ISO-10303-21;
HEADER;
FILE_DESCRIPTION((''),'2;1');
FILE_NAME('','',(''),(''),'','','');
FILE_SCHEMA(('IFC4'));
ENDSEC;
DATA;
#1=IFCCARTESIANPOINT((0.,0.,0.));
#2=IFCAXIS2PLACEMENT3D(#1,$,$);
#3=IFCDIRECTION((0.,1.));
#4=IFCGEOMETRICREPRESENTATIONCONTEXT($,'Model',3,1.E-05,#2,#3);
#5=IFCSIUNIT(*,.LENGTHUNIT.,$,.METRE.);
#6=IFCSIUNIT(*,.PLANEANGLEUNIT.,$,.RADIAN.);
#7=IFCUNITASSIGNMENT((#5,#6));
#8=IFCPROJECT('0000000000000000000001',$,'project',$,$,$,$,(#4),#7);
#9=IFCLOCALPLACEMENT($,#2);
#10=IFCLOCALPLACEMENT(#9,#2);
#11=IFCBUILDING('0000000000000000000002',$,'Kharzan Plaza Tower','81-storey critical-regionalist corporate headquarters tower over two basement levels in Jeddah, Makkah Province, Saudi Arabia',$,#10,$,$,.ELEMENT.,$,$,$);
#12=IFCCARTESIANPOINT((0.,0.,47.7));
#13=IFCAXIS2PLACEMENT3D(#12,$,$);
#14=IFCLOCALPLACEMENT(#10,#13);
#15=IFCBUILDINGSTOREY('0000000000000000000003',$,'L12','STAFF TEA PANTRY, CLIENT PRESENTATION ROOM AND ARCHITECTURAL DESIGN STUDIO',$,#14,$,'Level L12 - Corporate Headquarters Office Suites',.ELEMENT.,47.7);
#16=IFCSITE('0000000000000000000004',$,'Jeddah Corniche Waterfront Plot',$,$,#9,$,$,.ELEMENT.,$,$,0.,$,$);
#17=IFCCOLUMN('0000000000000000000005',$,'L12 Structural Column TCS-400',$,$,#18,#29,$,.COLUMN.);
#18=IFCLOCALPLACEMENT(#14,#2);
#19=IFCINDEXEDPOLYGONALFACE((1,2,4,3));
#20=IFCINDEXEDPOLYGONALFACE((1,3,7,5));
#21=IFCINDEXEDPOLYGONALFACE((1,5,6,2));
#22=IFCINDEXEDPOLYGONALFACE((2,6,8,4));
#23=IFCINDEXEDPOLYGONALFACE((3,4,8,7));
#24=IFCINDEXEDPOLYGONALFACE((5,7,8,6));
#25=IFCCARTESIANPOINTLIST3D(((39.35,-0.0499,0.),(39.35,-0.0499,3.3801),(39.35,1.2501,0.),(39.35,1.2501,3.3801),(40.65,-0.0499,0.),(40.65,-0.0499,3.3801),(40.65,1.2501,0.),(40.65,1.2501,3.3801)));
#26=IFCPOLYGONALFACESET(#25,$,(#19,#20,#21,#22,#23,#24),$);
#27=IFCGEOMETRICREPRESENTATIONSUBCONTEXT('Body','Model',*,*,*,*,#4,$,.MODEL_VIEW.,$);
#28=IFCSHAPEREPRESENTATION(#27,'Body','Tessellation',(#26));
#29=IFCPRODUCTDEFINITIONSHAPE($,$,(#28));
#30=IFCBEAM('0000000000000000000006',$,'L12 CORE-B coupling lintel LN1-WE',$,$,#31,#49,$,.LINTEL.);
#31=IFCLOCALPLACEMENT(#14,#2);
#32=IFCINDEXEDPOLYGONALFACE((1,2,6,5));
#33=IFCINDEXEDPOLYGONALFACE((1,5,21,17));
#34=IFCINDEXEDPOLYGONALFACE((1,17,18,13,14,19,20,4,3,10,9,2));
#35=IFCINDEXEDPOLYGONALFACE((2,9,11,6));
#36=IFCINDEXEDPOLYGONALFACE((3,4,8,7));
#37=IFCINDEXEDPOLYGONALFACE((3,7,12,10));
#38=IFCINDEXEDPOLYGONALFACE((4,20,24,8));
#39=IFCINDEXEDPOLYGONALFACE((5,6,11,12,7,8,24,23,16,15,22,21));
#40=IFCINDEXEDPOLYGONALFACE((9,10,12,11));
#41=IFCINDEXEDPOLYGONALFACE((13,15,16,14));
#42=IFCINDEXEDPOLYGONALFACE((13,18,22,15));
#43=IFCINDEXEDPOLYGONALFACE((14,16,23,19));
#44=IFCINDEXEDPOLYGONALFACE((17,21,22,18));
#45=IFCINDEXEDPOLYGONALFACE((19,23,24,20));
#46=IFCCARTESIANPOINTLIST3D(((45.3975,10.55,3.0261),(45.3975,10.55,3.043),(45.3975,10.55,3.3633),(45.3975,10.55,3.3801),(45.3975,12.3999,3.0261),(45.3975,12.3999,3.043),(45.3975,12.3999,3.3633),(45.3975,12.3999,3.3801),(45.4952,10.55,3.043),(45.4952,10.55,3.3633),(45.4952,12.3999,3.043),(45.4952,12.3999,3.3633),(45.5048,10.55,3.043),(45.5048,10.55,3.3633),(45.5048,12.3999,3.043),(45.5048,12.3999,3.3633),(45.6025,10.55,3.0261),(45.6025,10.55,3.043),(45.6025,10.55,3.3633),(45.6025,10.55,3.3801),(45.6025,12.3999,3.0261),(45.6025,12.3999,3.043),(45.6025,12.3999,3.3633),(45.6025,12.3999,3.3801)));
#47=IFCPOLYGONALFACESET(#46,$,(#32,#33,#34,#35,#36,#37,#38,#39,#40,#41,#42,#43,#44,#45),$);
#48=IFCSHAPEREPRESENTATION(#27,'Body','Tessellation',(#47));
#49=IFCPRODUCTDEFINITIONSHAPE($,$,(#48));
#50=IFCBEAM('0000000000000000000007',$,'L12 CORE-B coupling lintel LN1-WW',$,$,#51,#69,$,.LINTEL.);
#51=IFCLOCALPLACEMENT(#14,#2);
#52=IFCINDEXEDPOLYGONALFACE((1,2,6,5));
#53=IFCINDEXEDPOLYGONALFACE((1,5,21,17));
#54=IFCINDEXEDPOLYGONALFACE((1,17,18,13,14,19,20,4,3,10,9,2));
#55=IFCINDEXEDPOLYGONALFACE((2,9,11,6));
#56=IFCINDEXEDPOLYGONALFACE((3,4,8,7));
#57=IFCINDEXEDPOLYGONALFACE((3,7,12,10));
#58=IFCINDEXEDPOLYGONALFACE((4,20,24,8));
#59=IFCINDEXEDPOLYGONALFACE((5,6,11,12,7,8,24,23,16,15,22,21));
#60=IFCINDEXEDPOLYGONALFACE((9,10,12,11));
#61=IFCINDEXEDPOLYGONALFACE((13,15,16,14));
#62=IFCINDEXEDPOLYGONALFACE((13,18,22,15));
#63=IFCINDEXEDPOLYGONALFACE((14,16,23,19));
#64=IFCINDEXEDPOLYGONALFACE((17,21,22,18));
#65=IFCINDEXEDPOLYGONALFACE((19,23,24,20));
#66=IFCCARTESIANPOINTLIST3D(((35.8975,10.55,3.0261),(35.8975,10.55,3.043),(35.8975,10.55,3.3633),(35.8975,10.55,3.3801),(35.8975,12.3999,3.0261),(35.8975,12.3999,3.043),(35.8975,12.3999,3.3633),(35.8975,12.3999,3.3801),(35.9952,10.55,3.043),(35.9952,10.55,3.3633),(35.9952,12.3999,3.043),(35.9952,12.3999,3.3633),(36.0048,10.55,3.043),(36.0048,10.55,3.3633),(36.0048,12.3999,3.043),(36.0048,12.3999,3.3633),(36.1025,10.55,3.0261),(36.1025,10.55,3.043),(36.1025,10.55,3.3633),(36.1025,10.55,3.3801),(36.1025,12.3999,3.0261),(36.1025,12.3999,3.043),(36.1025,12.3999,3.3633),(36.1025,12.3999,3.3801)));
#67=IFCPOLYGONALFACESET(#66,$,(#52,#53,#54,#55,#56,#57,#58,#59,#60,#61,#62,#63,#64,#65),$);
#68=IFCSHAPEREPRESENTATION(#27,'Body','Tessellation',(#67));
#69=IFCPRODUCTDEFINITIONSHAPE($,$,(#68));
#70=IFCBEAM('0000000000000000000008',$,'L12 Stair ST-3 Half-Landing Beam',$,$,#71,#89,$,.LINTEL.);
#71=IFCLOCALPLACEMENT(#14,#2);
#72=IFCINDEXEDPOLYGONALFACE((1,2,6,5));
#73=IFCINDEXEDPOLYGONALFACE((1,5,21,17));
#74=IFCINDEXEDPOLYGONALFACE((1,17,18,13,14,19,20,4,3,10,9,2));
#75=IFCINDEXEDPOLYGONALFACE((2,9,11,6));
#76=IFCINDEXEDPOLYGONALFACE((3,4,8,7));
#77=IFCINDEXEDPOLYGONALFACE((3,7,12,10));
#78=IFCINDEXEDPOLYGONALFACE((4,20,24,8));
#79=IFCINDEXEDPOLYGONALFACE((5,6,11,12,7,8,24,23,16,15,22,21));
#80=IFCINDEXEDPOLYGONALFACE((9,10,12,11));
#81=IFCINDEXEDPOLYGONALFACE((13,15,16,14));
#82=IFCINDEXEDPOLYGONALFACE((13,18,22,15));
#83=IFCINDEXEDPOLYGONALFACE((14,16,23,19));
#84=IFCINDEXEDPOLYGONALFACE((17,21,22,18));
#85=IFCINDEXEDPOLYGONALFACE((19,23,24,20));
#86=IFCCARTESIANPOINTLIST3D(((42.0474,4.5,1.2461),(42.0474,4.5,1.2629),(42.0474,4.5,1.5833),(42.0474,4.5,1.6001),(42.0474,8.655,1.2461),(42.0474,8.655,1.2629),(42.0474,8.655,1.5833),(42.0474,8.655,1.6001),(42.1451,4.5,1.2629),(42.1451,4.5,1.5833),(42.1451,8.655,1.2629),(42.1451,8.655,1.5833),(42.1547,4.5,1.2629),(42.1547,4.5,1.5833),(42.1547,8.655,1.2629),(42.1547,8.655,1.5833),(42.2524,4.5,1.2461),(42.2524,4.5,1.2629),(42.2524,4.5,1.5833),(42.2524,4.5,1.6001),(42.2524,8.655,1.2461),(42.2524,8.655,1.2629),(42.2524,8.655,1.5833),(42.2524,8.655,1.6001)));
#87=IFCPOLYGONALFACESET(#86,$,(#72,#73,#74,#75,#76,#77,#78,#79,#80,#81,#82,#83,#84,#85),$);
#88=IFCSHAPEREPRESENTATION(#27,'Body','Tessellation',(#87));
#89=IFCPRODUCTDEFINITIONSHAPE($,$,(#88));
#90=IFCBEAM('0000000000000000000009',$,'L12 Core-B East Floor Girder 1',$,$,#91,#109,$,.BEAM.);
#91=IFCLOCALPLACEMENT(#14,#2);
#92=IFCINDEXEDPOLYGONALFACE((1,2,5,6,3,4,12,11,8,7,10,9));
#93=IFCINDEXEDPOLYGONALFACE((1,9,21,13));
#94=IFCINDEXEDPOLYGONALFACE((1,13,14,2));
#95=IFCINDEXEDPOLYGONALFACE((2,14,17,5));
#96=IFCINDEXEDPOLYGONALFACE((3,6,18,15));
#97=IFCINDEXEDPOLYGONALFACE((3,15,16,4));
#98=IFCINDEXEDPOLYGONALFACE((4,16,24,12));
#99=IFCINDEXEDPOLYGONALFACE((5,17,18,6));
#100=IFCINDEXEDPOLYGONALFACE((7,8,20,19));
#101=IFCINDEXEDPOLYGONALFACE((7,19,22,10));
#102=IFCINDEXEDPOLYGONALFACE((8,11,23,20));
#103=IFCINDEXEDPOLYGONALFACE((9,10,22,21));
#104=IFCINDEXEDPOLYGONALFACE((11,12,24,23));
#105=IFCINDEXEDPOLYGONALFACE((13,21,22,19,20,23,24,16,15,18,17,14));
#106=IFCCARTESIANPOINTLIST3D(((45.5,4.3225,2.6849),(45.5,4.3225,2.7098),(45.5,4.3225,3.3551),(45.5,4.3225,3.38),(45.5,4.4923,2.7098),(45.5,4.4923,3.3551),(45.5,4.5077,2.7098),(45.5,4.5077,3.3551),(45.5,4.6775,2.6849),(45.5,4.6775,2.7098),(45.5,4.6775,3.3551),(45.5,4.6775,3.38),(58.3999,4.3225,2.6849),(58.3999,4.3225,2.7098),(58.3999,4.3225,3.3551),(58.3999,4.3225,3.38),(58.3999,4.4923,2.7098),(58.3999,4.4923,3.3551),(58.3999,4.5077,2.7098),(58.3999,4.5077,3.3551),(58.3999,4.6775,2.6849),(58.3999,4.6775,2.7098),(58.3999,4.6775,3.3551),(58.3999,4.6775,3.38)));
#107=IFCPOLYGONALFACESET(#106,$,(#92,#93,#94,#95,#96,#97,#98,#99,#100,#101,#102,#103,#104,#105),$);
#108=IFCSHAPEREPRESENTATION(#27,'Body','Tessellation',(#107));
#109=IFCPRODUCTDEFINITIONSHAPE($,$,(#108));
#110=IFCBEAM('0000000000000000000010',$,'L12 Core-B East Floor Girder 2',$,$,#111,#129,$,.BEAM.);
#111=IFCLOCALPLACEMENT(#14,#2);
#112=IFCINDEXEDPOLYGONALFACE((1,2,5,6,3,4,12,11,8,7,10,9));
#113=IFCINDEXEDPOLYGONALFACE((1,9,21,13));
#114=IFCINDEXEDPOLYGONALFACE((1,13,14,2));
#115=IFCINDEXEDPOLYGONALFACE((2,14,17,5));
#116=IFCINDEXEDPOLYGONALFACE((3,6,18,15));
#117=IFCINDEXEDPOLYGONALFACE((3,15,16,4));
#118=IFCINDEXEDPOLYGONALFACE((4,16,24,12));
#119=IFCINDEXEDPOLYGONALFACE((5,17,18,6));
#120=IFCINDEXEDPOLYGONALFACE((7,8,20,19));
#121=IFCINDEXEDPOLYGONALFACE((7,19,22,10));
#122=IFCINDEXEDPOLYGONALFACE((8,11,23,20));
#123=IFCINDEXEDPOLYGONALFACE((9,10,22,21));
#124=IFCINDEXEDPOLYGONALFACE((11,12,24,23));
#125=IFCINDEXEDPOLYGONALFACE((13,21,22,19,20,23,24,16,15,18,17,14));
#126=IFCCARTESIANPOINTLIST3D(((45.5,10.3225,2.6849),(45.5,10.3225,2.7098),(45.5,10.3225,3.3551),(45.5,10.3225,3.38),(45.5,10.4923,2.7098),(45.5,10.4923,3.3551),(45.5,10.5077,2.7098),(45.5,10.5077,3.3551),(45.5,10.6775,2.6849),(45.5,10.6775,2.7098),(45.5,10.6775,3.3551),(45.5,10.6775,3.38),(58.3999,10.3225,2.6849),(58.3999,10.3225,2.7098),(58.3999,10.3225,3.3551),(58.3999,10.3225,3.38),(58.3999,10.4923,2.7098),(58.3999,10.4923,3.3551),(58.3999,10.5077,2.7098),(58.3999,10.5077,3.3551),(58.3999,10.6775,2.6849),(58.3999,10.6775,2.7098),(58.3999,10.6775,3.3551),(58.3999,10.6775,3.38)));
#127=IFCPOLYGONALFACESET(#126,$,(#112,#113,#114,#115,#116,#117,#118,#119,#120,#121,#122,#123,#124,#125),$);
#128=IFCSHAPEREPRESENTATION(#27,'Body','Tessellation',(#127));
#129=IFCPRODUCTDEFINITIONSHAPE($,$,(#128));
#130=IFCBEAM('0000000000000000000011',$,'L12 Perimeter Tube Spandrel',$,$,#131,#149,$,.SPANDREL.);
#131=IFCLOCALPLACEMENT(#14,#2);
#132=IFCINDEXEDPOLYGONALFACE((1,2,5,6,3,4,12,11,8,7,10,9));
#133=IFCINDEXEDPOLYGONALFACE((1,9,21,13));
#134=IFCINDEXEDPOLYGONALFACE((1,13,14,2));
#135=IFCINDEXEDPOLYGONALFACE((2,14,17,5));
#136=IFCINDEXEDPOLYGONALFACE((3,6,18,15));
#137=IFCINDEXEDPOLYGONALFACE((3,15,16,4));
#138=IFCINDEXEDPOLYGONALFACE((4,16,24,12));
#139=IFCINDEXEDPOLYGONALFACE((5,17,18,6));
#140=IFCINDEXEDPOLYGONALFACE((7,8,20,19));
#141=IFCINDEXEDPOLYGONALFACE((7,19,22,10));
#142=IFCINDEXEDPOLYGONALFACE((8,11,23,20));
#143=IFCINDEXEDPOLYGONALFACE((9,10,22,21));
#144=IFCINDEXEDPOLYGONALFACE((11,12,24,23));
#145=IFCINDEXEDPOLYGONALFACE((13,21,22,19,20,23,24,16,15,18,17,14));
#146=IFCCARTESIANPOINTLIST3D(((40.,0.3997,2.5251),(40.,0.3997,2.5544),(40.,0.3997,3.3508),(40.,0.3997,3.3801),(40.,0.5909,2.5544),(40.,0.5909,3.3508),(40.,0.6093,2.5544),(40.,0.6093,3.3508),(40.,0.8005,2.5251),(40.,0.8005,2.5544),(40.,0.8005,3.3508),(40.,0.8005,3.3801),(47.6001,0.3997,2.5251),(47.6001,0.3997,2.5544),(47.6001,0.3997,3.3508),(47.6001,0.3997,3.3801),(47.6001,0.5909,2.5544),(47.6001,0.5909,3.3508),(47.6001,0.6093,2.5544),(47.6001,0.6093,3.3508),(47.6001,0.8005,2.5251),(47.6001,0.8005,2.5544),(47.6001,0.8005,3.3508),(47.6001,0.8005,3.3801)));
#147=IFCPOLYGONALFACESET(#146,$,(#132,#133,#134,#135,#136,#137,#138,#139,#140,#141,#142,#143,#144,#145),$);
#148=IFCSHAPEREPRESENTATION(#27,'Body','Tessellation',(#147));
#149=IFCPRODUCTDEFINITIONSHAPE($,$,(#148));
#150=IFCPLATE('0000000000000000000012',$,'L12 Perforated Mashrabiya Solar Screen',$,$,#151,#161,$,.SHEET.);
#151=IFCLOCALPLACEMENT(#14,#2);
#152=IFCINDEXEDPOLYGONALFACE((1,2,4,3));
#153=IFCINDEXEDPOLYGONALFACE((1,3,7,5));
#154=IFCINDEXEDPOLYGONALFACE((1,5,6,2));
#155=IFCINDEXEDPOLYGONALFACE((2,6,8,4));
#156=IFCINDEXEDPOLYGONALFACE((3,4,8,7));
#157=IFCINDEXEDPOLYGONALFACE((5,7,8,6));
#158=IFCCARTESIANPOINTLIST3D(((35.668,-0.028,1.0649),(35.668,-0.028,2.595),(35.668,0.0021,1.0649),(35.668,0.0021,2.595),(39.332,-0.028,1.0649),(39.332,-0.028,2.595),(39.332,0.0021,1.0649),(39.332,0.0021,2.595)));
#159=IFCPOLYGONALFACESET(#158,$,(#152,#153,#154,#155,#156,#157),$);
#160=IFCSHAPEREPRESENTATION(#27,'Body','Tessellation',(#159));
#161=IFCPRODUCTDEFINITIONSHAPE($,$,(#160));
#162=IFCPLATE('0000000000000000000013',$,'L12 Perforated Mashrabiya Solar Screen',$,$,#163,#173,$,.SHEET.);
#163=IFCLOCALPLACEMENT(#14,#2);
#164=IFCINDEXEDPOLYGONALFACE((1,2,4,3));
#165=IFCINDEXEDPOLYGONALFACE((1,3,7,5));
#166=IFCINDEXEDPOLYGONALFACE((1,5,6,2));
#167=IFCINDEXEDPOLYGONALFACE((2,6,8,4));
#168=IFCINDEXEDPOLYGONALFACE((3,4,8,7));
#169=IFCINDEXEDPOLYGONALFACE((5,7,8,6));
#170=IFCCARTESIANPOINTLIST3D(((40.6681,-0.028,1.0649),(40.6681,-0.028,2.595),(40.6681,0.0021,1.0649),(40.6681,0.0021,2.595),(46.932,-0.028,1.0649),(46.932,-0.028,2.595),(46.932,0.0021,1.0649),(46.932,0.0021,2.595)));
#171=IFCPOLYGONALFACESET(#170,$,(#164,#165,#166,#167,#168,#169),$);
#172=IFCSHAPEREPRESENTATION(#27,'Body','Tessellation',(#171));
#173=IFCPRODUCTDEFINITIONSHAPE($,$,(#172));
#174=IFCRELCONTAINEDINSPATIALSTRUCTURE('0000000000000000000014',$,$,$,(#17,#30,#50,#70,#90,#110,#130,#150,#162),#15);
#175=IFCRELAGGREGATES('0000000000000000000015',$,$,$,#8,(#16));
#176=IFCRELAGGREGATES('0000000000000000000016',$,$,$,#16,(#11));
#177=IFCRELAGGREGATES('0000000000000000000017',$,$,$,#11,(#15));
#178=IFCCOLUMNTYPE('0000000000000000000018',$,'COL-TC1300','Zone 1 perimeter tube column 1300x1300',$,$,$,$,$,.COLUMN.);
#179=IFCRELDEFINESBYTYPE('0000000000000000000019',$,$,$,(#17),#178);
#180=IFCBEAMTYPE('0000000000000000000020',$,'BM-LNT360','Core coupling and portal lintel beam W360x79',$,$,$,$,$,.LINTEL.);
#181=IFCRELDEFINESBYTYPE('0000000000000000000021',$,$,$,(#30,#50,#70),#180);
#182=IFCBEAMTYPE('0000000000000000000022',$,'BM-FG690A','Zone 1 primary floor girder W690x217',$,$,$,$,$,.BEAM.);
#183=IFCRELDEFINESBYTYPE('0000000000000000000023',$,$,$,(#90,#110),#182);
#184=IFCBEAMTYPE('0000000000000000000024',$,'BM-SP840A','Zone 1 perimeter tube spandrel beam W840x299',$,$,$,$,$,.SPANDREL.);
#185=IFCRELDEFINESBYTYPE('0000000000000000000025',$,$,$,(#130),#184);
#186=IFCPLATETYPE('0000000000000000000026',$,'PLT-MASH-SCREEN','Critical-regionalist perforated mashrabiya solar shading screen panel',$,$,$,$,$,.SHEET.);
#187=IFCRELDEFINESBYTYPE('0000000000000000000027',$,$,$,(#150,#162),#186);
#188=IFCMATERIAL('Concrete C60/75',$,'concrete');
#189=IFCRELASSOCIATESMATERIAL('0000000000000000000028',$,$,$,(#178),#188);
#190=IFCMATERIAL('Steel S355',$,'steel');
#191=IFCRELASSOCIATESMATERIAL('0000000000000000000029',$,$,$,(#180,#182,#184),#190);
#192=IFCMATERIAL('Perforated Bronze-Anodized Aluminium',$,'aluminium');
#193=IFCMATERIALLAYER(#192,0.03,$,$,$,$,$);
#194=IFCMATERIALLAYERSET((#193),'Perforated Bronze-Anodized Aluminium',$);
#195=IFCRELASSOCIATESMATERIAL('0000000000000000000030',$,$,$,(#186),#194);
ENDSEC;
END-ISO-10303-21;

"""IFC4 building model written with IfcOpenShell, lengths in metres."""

from ifc_helpers import new_model, si_unit, direction, frame, origin, origin_2d, place, context, subcontext, project, spatial, rectangle, i_section, extrude, source, transform, mapped, material, layer, layer_set, material_profile, profile_set, type_object, element, save


model = new_model("IFC4")

# Units and contexts
model_context = context("Model", 3, precision=1e-05, world=origin(), true_north=direction((0.0, 1.0)))
body_context = subcontext(model_context, "Body", "Model", "MODEL_VIEW")
ifc_project = project(units=[si_unit("LENGTHUNIT", "METRE"), si_unit("PLANEANGLEUNIT", "RADIAN")], contexts=[model_context])

# Site, building, storey
site_placement = place(None, origin())
site = spatial("IfcSite", under=ifc_project, at=site_placement, Name="Jeddah Corniche Waterfront Plot", CompositionType="ELEMENT", RefElevation=0.0)
building_placement = place(site_placement, origin())
building = spatial("IfcBuilding", under=site, at=building_placement, Name="Kharzan Plaza Tower", Description="81-storey critical-regionalist corporate headquarters tower over two basement levels in Jeddah, Makkah Province, Saudi Arabia", CompositionType="ELEMENT")
storey_placement = place(building_placement, frame((0.0, 0.0, 47.7)))
storey = spatial("IfcBuildingStorey", under=building, at=storey_placement, Name="L12", Description="STAFF TEA PANTRY, CLIENT PRESENTATION ROOM AND ARCHITECTURAL DESIGN STUDIO", LongName="Level L12 - Corporate Headquarters Office Suites", CompositionType="ELEMENT", Elevation=47.7)

# Column
ifc_material_1 = material(Name="Concrete C60/75", Category="concrete")
ifc_material_profile_1 = material_profile(ifc_material_1, rectangle(XDim=1.3, YDim=1.3, at=origin_2d()), Name="RC-TC1300x1300")
ifc_profile_set_1 = profile_set([ifc_material_profile_1], Name="Concrete C60/75")
column_type = type_object("IfcColumnType", Name="COL-TC1300", Description="Zone 1 perimeter tube column 1300x1300", PredefinedType="COLUMN", material=ifc_profile_set_1)
shared_shape_1 = source(origin(), body_context, "Body", "SweptSolid", [
    extrude(rectangle(XDim=1.3, YDim=1.3, at=origin_2d()), origin(), (0.0, 0.0, 1.0), 3.3801),
])
column_placement = place(storey_placement, frame((40.0, 0.6001, 0.0), z_axis=(0.0, 0.0, 1.0), x_axis=(1.0, 0.0, 0.0)))
element("IfcColumn", 1, at=column_placement, inside=storey, type_object=column_type, Name="L12 Structural Column TCS-400", PredefinedType="COLUMN", context=body_context, shape_type="MappedRepresentation", body=[
    mapped(shared_shape_1, transform((0.0, 0.0, 0.0), x_axis=(1.0, 0.0, 0.0), y_axis=(0.0, 1.0, 0.0), z_axis=(0.0, 0.0, 1.0))),
])

# Beams
ifc_material_2 = material(Name="Steel S355", Category="steel")
ifc_material_profile_2 = material_profile(ifc_material_2, i_section(OverallWidth=0.2051, OverallDepth=0.354, WebThickness=0.0095, FlangeThickness=0.0168, at=origin_2d()), Name="W360x79")
ifc_profile_set_2 = profile_set([ifc_material_profile_2], Name="Steel S355")
beam_type_1 = type_object("IfcBeamType", Name="BM-LNT360", Description="Core coupling and portal lintel beam W360x79", PredefinedType="LINTEL", material=ifc_profile_set_2)
shared_shape_2 = source(origin(), body_context, "Body", "SweptSolid", [
    extrude(i_section(OverallWidth=0.2051, OverallDepth=0.354, WebThickness=0.0095, FlangeThickness=0.0168, at=origin_2d()), origin(), (0.0, 0.0, 1.0), 1.8499),
])
for number, where, z_axis, x_axis, name in (
    (2, (45.5, 10.55, 3.2031), (0.0, 1.0, 0.0), (-1.0, 0.0, 0.0), "L12 CORE-B coupling lintel LN1-WE"),
    (3, (36.0, 10.55, 3.2031), (0.0, 1.0, 0.0), (-1.0, 0.0, 0.0), "L12 CORE-B coupling lintel LN1-WW"),
):
    element("IfcBeam", number, at=place(storey_placement, frame(where, z_axis=z_axis, x_axis=x_axis)), inside=storey, type_object=beam_type_1, Name=name, PredefinedType="LINTEL", context=body_context, shape_type="MappedRepresentation", body=[
        mapped(shared_shape_2, transform((0.0, 0.0, 0.0), x_axis=(1.0, 0.0, 0.0), y_axis=(0.0, 1.0, 0.0), z_axis=(0.0, 0.0, 1.0))),
    ])
shared_shape_3 = source(origin(), body_context, "Body", "SweptSolid", [
    extrude(i_section(OverallWidth=0.2051, OverallDepth=0.354, WebThickness=0.0095, FlangeThickness=0.0168, at=origin_2d()), origin(), (0.0, 0.0, 1.0), 4.155),
])
beam_1_placement = place(storey_placement, frame((42.1499, 4.5, 1.4231), z_axis=(0.0, 1.0, 0.0), x_axis=(-1.0, 0.0, 0.0)))
element("IfcBeam", 4, at=beam_1_placement, inside=storey, type_object=beam_type_1, Name="L12 Stair ST-3 Half-Landing Beam", PredefinedType="LINTEL", context=body_context, shape_type="MappedRepresentation", body=[
    mapped(shared_shape_3, transform((0.0, 0.0, 0.0), x_axis=(1.0, 0.0, 0.0), y_axis=(0.0, 1.0, 0.0), z_axis=(0.0, 0.0, 1.0))),
])
ifc_material_profile_3 = material_profile(ifc_material_2, i_section(OverallWidth=0.355, OverallDepth=0.6951, WebThickness=0.0154, FlangeThickness=0.0249, at=origin_2d()), Name="W690x217")
ifc_profile_set_3 = profile_set([ifc_material_profile_3], Name="Steel S355")
beam_type_2 = type_object("IfcBeamType", Name="BM-FG690A", Description="Zone 1 primary floor girder W690x217", PredefinedType="BEAM", material=ifc_profile_set_3)
shared_shape_4 = source(origin(), body_context, "Body", "SweptSolid", [
    extrude(i_section(OverallWidth=0.355, OverallDepth=0.6951, WebThickness=0.0154, FlangeThickness=0.0249, at=origin_2d()), origin(), (0.0, 0.0, 1.0), 12.8999),
])
for number, where, z_axis, x_axis, name in (
    (5, (45.5, 4.5, 3.0325), (1.0, 0.0, 0.0), (0.0, 1.0, 0.0), "L12 Core-B East Floor Girder 1"),
    (6, (45.5, 10.5, 3.0325), (1.0, 0.0, 0.0), (0.0, 1.0, 0.0), "L12 Core-B East Floor Girder 2"),
):
    element("IfcBeam", number, at=place(storey_placement, frame(where, z_axis=z_axis, x_axis=x_axis)), inside=storey, type_object=beam_type_2, Name=name, PredefinedType="BEAM", context=body_context, shape_type="MappedRepresentation", body=[
        mapped(shared_shape_4, transform((0.0, 0.0, 0.0), x_axis=(1.0, 0.0, 0.0), y_axis=(0.0, 1.0, 0.0), z_axis=(0.0, 0.0, 1.0))),
    ])
ifc_material_profile_4 = material_profile(ifc_material_2, i_section(OverallWidth=0.4009, OverallDepth=0.855, WebThickness=0.0183, FlangeThickness=0.0293, at=origin_2d()), Name="W840x299")
ifc_profile_set_4 = profile_set([ifc_material_profile_4], Name="Steel S355")
beam_type_3 = type_object("IfcBeamType", Name="BM-SP840A", Description="Zone 1 perimeter tube spandrel beam W840x299", PredefinedType="SPANDREL", material=ifc_profile_set_4)
shared_shape_5 = source(origin(), body_context, "Body", "SweptSolid", [
    extrude(i_section(OverallWidth=0.4009, OverallDepth=0.855, WebThickness=0.0183, FlangeThickness=0.0293, at=origin_2d()), origin(), (0.0, 0.0, 1.0), 7.6001),
])
beam_2_placement = place(storey_placement, frame((40.0, 0.6001, 2.9526), z_axis=(1.0, 0.0, 0.0), x_axis=(0.0, 1.0, 0.0)))
element("IfcBeam", 7, at=beam_2_placement, inside=storey, type_object=beam_type_3, Name="L12 Perimeter Tube Spandrel", PredefinedType="SPANDREL", context=body_context, shape_type="MappedRepresentation", body=[
    mapped(shared_shape_5, transform((0.0, 0.0, 0.0), x_axis=(1.0, 0.0, 0.0), y_axis=(0.0, 1.0, 0.0), z_axis=(0.0, 0.0, 1.0))),
])

# Plates
ifc_material_3 = material(Name="Perforated Bronze-Anodized Aluminium", Category="aluminium")
ifc_layer_1 = layer(ifc_material_3, 0.03)
ifc_layer_set_1 = layer_set([ifc_layer_1], Name="Perforated Bronze-Anodized Aluminium")
plate_type = type_object("IfcPlateType", Name="PLT-MASH-SCREEN", Description="Critical-regionalist perforated mashrabiya solar shading screen panel", PredefinedType="SHEET", material=ifc_layer_set_1)
shared_shape_6 = source(origin(), body_context, "Body", "SweptSolid", [
    extrude(rectangle(XDim=3.6641, YDim=0.03, at=origin_2d()), origin(), (0.0, 0.0, 1.0), 1.53),
])
plate_1_placement = place(storey_placement, frame((37.5, -0.0129, 1.0649), z_axis=(0.0, 0.0, 1.0), x_axis=(1.0, 0.0, 0.0)))
element("IfcPlate", 8, at=plate_1_placement, inside=storey, type_object=plate_type, Name="L12 Perforated Mashrabiya Solar Screen", PredefinedType="SHEET", context=body_context, shape_type="MappedRepresentation", body=[
    mapped(shared_shape_6, transform((0.0, 0.0, 0.0), x_axis=(1.0, 0.0, 0.0), y_axis=(0.0, 1.0, 0.0), z_axis=(0.0, 0.0, 1.0))),
])
shared_shape_7 = source(origin(), body_context, "Body", "SweptSolid", [
    extrude(rectangle(XDim=6.2639, YDim=0.03, at=origin_2d()), origin(), (0.0, 0.0, 1.0), 1.53),
])
plate_2_placement = place(storey_placement, frame((43.8, -0.0129, 1.0649), z_axis=(0.0, 0.0, 1.0), x_axis=(1.0, 0.0, 0.0)))
element("IfcPlate", 9, at=plate_2_placement, inside=storey, type_object=plate_type, Name="L12 Perforated Mashrabiya Solar Screen", PredefinedType="SHEET", context=body_context, shape_type="MappedRepresentation", body=[
    mapped(shared_shape_7, transform((0.0, 0.0, 0.0), x_axis=(1.0, 0.0, 0.0), y_axis=(0.0, 1.0, 0.0), z_axis=(0.0, 0.0, 1.0))),
])

save(model, "model.ifc")
